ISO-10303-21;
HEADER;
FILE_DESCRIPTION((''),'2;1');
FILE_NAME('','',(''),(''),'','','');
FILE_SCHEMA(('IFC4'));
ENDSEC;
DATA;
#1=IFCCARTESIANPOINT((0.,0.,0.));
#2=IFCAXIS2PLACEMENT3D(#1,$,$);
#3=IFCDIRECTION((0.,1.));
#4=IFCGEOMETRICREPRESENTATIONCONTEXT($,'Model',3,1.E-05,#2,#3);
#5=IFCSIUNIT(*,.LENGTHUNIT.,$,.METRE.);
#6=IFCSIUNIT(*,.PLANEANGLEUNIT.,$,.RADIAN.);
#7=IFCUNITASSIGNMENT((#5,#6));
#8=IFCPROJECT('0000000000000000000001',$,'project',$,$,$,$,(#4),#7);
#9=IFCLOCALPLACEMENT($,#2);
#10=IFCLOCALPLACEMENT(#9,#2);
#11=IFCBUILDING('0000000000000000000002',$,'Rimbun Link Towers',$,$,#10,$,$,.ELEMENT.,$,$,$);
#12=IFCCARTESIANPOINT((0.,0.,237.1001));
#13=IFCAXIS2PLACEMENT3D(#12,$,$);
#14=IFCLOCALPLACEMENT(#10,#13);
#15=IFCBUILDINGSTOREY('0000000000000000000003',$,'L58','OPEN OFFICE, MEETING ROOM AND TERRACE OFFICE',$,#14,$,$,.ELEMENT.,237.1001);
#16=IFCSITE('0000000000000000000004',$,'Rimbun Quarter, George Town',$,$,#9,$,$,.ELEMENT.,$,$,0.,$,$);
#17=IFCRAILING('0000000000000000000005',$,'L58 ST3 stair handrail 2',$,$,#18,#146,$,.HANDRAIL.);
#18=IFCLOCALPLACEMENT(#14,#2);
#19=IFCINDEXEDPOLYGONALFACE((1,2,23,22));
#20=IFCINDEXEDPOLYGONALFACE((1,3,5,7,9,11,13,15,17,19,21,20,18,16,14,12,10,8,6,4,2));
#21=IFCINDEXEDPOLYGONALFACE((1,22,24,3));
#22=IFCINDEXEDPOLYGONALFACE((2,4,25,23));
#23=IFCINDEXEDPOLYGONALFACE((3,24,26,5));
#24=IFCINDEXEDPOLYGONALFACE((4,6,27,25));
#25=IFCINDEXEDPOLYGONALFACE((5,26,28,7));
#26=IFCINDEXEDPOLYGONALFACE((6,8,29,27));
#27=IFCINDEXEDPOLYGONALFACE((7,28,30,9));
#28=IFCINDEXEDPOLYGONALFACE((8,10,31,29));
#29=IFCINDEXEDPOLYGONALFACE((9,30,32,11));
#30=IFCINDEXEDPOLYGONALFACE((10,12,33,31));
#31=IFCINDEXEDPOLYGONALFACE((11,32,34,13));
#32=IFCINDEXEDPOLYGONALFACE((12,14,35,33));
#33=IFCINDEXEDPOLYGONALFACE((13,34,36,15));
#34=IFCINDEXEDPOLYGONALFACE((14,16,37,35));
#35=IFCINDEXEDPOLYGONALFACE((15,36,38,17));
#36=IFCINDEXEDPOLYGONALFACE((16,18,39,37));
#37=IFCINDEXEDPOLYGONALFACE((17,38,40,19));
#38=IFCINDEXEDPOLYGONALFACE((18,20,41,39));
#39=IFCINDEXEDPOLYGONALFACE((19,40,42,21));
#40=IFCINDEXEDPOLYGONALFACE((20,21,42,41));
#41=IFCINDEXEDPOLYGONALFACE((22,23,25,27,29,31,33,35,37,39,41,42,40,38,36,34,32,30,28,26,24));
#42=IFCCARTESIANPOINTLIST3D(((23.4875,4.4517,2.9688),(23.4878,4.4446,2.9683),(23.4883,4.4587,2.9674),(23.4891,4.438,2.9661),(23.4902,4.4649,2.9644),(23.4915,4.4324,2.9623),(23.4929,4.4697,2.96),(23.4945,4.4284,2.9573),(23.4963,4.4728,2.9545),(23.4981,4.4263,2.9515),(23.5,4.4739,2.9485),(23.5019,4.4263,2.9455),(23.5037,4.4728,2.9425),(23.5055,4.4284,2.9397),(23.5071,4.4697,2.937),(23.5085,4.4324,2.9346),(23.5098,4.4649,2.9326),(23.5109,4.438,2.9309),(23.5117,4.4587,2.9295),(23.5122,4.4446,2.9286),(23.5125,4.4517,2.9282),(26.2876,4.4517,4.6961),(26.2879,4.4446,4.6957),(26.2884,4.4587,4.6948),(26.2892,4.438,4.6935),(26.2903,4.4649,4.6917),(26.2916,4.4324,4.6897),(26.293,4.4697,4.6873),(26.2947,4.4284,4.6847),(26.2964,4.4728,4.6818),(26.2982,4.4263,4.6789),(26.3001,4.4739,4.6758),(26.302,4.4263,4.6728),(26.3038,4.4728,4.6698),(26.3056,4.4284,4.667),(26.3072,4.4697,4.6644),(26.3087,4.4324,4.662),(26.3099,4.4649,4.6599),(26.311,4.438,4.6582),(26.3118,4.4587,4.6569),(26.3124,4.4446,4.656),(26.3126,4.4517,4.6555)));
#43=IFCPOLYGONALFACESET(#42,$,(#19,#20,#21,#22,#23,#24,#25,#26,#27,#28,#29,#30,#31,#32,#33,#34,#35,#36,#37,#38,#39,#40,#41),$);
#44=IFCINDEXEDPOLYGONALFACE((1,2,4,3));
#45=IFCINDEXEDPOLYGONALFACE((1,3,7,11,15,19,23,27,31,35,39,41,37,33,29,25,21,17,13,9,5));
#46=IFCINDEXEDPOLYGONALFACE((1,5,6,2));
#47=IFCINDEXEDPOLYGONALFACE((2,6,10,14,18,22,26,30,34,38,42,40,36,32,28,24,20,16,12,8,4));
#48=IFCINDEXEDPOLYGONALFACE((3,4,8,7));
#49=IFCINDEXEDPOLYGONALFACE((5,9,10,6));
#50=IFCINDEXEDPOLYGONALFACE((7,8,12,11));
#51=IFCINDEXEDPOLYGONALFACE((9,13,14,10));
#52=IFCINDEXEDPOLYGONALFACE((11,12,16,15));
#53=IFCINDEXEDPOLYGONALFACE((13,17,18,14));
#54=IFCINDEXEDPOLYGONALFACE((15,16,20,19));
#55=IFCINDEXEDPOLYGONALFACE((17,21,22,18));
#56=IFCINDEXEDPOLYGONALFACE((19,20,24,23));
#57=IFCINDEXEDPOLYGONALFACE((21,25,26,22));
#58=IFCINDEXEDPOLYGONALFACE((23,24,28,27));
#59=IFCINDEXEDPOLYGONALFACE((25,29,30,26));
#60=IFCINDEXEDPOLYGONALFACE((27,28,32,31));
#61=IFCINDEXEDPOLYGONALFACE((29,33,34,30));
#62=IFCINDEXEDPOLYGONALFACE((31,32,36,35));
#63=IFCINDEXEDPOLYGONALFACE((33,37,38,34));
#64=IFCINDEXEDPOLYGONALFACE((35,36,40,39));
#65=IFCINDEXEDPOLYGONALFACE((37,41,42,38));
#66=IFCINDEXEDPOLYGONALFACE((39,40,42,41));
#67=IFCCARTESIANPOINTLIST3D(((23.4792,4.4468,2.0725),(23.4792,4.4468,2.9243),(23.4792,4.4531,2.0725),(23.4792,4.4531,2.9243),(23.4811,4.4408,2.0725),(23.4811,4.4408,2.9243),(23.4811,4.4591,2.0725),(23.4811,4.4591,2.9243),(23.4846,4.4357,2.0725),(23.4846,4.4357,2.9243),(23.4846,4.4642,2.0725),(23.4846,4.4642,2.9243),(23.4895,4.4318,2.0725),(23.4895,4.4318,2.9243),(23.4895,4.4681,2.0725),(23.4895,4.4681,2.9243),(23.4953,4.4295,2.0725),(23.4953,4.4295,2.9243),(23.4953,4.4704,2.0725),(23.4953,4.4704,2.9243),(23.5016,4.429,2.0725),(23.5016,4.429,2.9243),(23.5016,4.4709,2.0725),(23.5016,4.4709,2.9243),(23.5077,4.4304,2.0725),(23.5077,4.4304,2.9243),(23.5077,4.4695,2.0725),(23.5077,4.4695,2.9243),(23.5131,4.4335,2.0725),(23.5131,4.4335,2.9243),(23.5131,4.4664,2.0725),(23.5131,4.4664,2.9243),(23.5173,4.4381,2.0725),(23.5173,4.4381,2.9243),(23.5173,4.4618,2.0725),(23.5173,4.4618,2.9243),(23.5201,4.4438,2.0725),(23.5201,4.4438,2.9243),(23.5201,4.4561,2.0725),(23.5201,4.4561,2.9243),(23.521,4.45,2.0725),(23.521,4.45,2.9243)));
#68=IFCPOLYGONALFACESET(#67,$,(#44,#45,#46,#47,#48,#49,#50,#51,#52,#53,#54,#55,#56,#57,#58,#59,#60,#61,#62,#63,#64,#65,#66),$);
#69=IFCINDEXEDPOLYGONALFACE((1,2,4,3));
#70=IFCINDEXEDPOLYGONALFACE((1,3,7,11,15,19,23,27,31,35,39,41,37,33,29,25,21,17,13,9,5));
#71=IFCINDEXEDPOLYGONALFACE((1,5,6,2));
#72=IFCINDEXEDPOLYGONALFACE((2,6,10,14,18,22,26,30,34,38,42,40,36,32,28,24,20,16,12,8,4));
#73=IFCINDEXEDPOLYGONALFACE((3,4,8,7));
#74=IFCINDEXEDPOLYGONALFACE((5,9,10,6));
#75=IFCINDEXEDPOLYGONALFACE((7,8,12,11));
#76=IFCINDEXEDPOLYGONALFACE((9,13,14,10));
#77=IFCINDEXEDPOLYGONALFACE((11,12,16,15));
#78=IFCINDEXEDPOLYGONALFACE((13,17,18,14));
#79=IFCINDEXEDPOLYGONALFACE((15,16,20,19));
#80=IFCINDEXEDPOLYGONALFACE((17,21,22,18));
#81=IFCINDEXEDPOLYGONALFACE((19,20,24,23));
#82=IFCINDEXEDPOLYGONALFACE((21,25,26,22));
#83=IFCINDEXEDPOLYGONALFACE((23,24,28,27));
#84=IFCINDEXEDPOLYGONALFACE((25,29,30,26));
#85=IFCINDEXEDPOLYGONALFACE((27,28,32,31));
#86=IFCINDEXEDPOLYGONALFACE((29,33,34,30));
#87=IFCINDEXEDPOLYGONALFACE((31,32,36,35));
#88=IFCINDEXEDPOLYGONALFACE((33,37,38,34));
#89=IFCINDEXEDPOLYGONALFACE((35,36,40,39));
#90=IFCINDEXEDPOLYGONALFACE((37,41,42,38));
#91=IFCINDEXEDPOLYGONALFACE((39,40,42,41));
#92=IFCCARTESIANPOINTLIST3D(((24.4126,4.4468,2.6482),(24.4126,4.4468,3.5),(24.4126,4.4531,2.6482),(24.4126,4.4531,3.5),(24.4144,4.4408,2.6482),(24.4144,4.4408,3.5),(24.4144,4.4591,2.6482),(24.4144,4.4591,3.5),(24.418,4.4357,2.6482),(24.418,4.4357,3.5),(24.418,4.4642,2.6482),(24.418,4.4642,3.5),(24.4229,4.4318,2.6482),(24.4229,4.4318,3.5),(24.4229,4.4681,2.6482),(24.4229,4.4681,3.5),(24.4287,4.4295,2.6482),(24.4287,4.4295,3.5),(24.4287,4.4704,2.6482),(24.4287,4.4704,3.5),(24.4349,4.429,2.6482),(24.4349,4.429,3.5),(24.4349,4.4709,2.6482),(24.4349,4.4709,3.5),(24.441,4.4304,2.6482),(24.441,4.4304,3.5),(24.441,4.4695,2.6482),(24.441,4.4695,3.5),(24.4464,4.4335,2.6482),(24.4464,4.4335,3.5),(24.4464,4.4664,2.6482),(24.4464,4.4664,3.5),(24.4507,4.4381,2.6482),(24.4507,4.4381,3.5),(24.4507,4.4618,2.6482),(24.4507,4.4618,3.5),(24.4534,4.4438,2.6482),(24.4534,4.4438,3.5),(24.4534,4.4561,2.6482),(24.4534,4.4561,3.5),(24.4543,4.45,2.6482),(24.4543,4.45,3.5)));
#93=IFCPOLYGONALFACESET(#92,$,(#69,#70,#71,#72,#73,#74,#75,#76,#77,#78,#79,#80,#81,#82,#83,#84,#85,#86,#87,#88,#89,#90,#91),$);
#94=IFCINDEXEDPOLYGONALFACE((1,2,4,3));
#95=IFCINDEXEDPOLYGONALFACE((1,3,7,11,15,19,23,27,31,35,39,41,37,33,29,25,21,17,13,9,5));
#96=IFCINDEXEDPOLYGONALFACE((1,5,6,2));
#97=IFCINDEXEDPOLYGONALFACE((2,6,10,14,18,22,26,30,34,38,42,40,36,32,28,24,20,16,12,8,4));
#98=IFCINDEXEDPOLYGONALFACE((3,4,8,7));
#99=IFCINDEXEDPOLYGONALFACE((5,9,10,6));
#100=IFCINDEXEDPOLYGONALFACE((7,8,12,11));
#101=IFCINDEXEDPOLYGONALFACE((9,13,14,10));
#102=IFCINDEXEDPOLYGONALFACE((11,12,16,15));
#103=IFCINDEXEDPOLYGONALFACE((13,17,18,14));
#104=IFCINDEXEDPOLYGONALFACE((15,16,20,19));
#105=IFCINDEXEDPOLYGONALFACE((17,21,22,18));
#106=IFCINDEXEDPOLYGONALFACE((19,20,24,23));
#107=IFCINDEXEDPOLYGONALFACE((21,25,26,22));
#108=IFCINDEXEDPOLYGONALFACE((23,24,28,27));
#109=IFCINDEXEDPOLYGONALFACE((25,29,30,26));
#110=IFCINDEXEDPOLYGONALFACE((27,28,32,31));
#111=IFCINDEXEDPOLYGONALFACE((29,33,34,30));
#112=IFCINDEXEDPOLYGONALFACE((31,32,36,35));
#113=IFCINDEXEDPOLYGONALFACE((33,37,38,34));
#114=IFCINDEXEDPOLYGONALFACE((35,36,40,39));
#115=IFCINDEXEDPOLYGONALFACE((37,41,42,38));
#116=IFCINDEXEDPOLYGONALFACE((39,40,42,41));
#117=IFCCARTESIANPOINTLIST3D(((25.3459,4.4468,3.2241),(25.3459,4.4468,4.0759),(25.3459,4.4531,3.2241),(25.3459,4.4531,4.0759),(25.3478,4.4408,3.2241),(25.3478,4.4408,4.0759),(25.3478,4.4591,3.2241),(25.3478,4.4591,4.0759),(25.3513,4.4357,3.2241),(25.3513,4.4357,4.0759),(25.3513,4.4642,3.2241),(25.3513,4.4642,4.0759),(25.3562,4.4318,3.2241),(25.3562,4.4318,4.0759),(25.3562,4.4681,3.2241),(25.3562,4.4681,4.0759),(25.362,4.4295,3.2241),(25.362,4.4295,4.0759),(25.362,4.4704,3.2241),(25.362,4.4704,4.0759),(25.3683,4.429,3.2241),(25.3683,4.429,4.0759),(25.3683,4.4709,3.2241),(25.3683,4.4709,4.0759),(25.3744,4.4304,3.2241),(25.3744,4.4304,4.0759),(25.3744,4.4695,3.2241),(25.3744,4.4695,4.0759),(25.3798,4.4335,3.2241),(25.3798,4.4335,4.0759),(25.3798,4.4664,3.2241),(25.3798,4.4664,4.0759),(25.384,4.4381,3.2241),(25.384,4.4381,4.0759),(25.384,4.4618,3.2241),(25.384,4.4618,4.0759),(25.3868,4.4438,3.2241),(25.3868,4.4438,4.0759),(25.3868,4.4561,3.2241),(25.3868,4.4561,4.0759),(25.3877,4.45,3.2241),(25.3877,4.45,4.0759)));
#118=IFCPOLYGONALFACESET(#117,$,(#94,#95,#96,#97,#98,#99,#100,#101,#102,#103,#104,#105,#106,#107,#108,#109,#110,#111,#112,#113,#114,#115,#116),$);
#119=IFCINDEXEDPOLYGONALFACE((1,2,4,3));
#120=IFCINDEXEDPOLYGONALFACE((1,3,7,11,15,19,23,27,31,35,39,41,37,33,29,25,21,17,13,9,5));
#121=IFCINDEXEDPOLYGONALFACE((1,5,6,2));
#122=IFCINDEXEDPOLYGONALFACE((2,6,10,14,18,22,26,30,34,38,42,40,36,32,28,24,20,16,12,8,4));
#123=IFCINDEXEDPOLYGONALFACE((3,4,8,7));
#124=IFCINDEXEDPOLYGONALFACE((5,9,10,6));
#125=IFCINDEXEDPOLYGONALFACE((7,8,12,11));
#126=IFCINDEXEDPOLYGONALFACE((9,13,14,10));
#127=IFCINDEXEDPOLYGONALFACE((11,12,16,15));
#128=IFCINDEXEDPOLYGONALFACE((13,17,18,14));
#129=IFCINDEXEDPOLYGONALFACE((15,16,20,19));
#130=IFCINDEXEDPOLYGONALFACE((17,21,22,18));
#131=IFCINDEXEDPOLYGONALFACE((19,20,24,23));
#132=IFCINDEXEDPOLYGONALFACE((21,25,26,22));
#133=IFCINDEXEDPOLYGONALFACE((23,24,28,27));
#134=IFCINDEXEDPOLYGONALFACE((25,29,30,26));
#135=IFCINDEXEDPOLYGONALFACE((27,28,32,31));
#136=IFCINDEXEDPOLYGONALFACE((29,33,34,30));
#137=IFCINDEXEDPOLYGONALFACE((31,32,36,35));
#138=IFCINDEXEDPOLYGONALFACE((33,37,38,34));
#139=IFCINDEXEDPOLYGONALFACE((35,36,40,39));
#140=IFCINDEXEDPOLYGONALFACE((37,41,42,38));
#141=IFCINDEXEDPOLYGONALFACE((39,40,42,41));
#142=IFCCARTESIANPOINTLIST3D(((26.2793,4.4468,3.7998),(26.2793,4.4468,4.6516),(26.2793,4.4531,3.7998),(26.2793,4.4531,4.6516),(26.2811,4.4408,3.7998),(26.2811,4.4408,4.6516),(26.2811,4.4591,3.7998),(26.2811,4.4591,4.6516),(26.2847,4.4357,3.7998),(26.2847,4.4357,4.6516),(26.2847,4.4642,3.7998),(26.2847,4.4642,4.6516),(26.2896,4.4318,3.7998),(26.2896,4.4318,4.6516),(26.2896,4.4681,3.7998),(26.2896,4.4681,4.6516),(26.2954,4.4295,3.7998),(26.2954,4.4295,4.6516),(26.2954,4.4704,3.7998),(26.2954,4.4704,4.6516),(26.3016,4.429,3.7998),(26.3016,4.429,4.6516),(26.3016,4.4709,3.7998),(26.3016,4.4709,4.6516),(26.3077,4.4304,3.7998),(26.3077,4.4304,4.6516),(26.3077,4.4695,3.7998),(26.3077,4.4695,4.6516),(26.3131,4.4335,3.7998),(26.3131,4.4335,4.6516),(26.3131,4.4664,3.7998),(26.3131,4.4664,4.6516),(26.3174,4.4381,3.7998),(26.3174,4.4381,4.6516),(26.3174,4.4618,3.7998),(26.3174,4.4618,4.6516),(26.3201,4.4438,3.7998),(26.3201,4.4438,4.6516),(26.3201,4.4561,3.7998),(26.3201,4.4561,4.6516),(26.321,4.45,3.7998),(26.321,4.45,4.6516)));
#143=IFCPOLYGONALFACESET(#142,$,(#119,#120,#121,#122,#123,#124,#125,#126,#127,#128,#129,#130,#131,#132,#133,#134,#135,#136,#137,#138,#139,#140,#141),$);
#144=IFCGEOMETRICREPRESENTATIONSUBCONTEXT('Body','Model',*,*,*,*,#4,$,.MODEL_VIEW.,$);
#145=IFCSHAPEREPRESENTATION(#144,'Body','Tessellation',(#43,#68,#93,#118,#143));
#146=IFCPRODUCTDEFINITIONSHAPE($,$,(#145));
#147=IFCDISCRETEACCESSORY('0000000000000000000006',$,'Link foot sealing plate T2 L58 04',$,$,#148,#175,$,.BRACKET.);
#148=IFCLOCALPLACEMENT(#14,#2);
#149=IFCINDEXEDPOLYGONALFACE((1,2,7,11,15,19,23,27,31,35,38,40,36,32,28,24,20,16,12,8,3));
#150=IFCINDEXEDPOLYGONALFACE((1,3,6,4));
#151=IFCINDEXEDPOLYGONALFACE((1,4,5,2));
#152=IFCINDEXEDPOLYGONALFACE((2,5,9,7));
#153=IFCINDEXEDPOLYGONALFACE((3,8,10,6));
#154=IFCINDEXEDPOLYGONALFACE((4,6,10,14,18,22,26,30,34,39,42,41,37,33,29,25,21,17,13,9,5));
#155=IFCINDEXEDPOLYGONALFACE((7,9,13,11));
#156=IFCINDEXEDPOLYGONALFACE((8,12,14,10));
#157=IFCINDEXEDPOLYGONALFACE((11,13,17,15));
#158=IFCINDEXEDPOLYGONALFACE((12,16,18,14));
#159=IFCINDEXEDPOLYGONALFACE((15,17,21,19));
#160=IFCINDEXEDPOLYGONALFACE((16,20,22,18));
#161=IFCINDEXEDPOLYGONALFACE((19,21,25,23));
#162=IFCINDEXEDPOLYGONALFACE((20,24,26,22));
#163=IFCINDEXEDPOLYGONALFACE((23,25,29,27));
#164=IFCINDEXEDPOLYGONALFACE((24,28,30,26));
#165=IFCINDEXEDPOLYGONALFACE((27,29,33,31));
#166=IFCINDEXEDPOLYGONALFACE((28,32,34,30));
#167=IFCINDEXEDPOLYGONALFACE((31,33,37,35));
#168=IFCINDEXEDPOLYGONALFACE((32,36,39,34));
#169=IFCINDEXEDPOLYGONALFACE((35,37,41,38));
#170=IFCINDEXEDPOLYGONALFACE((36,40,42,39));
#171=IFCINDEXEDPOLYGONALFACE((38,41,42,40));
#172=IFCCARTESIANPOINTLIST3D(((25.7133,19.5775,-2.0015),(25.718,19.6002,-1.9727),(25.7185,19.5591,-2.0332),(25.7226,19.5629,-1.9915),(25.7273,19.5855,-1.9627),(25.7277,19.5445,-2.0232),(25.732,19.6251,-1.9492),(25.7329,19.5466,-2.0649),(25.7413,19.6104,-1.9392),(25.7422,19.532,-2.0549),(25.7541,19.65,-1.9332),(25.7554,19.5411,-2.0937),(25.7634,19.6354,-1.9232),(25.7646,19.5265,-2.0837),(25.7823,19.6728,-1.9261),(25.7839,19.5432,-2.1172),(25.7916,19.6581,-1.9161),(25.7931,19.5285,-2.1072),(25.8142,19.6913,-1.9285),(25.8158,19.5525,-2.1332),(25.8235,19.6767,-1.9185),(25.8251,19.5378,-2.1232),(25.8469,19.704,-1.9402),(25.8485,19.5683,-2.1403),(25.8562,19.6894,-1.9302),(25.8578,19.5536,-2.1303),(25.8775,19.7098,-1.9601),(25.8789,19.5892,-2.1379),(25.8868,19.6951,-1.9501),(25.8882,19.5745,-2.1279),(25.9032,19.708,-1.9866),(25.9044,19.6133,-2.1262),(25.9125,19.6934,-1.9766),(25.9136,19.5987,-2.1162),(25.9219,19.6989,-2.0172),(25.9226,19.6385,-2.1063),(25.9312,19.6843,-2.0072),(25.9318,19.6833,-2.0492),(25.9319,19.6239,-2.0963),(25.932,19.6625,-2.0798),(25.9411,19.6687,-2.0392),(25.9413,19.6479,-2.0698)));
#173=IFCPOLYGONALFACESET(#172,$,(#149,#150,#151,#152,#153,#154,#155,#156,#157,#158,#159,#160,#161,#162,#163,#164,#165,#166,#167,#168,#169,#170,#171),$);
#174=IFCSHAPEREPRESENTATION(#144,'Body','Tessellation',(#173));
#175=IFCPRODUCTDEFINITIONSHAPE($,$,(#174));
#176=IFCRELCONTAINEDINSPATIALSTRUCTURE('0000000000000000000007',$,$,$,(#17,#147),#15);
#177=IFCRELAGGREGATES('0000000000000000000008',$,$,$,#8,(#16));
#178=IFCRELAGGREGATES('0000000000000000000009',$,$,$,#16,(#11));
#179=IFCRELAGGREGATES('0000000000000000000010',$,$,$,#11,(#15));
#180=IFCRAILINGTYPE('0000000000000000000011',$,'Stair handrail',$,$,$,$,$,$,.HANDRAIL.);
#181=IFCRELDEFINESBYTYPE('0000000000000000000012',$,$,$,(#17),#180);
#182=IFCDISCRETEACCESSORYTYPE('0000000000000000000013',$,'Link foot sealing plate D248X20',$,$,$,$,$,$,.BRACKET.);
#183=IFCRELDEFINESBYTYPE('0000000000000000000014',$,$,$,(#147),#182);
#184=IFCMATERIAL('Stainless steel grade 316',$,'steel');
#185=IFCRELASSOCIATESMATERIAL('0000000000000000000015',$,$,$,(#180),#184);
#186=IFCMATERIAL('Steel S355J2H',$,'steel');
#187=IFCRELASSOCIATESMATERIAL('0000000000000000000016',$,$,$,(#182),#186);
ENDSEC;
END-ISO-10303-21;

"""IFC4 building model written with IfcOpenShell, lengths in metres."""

from ifc_helpers import new_model, si_unit, direction, frame, origin, origin_2d, place, context, subcontext, project, spatial, circle, extrude, material, material_profile, profile_set, type_object, element, save


model = new_model("IFC4")

# Units and contexts
model_context = context("Model", 3, precision=1e-05, world=origin(), true_north=direction((0.0, 1.0)))
body_context = subcontext(model_context, "Body", "Model", "MODEL_VIEW")
ifc_project = project(units=[si_unit("LENGTHUNIT", "METRE"), si_unit("PLANEANGLEUNIT", "RADIAN")], contexts=[model_context])

# Site, building, storey
site_placement = place(None, origin())
site = spatial("IfcSite", under=ifc_project, at=site_placement, Name="Rimbun Quarter, George Town", CompositionType="ELEMENT", RefElevation=0.0)
building_placement = place(site_placement, origin())
building = spatial("IfcBuilding", under=site, at=building_placement, Name="Rimbun Link Towers", CompositionType="ELEMENT")
storey_placement = place(building_placement, frame((0.0, 0.0, 237.1001)))
storey = spatial("IfcBuildingStorey", under=building, at=storey_placement, Name="L58", Description="OPEN OFFICE, MEETING ROOM AND TERRACE OFFICE", CompositionType="ELEMENT", Elevation=237.1001)

# Railing
ifc_material_1 = material(Name="Stainless steel grade 316", Category="steel")
railing_type_1 = type_object("IfcRailingType", Name="Stair handrail", PredefinedType="HANDRAIL", material=ifc_material_1)
railing_1_placement = place(storey_placement, frame((23.5, 4.45, 2.0725)))
element("IfcRailing", 1, at=railing_1_placement, inside=storey, type_object=railing_type_1, Name="L58 ST3 stair handrail 2", PredefinedType="HANDRAIL", context=body_context, shape_type="SweptSolid", body=[
    extrude(circle(Radius=0.0239, at=origin_2d()), frame((0.0, 0.0, 0.876), z_axis=(0.85109, 0.0, 0.52502), x_axis=(0.0, 1.0, 0.0)), (0.0, 0.0, 1.0), 3.29),
    extrude(circle(Radius=0.021, at=origin_2d()), origin(), (0.0, 0.0, 1.0), 0.8518),
    extrude(circle(Radius=0.021, at=origin_2d()), frame((0.9333, 0.0, 0.5757)), (0.0, 0.0, 1.0), 0.8518),
    extrude(circle(Radius=0.021, at=origin_2d()), frame((1.8667, 0.0, 1.1516)), (0.0, 0.0, 1.0), 0.8518),
    extrude(circle(Radius=0.021, at=origin_2d()), frame((2.8, 0.0, 1.7273)), (0.0, 0.0, 1.0), 0.8518),
])

# Discrete accessory
ifc_material_2 = material(Name="Steel S355J2H", Category="steel")
ifc_material_profile_1 = material_profile(ifc_material_2, circle(Radius=0.124, at=origin_2d()), Name="PL D248")
ifc_profile_set_1 = profile_set([ifc_material_profile_1], Name="Steel S355J2H")
discrete_accessory_type = type_object("IfcDiscreteAccessoryType", Name="Link foot sealing plate D248X20", PredefinedType="BRACKET", material=ifc_profile_set_1)
discrete_accessory_placement = place(storey_placement, frame((25.8325, 19.6108, -2.0232), z_axis=(-0.46338, 0.731653, -0.499963), x_axis=(-0.844819, -0.535052, 0.0)))
element("IfcDiscreteAccessory", 2, at=discrete_accessory_placement, inside=storey, type_object=discrete_accessory_type, Name="Link foot sealing plate T2 L58 04", PredefinedType="BRACKET", context=body_context, shape_type="SweptSolid", body=[
    extrude(circle(Radius=0.124, at=origin_2d()), origin(), (0.0, 0.0, 1.0), 0.02),
])

save(model, "model.ifc")
